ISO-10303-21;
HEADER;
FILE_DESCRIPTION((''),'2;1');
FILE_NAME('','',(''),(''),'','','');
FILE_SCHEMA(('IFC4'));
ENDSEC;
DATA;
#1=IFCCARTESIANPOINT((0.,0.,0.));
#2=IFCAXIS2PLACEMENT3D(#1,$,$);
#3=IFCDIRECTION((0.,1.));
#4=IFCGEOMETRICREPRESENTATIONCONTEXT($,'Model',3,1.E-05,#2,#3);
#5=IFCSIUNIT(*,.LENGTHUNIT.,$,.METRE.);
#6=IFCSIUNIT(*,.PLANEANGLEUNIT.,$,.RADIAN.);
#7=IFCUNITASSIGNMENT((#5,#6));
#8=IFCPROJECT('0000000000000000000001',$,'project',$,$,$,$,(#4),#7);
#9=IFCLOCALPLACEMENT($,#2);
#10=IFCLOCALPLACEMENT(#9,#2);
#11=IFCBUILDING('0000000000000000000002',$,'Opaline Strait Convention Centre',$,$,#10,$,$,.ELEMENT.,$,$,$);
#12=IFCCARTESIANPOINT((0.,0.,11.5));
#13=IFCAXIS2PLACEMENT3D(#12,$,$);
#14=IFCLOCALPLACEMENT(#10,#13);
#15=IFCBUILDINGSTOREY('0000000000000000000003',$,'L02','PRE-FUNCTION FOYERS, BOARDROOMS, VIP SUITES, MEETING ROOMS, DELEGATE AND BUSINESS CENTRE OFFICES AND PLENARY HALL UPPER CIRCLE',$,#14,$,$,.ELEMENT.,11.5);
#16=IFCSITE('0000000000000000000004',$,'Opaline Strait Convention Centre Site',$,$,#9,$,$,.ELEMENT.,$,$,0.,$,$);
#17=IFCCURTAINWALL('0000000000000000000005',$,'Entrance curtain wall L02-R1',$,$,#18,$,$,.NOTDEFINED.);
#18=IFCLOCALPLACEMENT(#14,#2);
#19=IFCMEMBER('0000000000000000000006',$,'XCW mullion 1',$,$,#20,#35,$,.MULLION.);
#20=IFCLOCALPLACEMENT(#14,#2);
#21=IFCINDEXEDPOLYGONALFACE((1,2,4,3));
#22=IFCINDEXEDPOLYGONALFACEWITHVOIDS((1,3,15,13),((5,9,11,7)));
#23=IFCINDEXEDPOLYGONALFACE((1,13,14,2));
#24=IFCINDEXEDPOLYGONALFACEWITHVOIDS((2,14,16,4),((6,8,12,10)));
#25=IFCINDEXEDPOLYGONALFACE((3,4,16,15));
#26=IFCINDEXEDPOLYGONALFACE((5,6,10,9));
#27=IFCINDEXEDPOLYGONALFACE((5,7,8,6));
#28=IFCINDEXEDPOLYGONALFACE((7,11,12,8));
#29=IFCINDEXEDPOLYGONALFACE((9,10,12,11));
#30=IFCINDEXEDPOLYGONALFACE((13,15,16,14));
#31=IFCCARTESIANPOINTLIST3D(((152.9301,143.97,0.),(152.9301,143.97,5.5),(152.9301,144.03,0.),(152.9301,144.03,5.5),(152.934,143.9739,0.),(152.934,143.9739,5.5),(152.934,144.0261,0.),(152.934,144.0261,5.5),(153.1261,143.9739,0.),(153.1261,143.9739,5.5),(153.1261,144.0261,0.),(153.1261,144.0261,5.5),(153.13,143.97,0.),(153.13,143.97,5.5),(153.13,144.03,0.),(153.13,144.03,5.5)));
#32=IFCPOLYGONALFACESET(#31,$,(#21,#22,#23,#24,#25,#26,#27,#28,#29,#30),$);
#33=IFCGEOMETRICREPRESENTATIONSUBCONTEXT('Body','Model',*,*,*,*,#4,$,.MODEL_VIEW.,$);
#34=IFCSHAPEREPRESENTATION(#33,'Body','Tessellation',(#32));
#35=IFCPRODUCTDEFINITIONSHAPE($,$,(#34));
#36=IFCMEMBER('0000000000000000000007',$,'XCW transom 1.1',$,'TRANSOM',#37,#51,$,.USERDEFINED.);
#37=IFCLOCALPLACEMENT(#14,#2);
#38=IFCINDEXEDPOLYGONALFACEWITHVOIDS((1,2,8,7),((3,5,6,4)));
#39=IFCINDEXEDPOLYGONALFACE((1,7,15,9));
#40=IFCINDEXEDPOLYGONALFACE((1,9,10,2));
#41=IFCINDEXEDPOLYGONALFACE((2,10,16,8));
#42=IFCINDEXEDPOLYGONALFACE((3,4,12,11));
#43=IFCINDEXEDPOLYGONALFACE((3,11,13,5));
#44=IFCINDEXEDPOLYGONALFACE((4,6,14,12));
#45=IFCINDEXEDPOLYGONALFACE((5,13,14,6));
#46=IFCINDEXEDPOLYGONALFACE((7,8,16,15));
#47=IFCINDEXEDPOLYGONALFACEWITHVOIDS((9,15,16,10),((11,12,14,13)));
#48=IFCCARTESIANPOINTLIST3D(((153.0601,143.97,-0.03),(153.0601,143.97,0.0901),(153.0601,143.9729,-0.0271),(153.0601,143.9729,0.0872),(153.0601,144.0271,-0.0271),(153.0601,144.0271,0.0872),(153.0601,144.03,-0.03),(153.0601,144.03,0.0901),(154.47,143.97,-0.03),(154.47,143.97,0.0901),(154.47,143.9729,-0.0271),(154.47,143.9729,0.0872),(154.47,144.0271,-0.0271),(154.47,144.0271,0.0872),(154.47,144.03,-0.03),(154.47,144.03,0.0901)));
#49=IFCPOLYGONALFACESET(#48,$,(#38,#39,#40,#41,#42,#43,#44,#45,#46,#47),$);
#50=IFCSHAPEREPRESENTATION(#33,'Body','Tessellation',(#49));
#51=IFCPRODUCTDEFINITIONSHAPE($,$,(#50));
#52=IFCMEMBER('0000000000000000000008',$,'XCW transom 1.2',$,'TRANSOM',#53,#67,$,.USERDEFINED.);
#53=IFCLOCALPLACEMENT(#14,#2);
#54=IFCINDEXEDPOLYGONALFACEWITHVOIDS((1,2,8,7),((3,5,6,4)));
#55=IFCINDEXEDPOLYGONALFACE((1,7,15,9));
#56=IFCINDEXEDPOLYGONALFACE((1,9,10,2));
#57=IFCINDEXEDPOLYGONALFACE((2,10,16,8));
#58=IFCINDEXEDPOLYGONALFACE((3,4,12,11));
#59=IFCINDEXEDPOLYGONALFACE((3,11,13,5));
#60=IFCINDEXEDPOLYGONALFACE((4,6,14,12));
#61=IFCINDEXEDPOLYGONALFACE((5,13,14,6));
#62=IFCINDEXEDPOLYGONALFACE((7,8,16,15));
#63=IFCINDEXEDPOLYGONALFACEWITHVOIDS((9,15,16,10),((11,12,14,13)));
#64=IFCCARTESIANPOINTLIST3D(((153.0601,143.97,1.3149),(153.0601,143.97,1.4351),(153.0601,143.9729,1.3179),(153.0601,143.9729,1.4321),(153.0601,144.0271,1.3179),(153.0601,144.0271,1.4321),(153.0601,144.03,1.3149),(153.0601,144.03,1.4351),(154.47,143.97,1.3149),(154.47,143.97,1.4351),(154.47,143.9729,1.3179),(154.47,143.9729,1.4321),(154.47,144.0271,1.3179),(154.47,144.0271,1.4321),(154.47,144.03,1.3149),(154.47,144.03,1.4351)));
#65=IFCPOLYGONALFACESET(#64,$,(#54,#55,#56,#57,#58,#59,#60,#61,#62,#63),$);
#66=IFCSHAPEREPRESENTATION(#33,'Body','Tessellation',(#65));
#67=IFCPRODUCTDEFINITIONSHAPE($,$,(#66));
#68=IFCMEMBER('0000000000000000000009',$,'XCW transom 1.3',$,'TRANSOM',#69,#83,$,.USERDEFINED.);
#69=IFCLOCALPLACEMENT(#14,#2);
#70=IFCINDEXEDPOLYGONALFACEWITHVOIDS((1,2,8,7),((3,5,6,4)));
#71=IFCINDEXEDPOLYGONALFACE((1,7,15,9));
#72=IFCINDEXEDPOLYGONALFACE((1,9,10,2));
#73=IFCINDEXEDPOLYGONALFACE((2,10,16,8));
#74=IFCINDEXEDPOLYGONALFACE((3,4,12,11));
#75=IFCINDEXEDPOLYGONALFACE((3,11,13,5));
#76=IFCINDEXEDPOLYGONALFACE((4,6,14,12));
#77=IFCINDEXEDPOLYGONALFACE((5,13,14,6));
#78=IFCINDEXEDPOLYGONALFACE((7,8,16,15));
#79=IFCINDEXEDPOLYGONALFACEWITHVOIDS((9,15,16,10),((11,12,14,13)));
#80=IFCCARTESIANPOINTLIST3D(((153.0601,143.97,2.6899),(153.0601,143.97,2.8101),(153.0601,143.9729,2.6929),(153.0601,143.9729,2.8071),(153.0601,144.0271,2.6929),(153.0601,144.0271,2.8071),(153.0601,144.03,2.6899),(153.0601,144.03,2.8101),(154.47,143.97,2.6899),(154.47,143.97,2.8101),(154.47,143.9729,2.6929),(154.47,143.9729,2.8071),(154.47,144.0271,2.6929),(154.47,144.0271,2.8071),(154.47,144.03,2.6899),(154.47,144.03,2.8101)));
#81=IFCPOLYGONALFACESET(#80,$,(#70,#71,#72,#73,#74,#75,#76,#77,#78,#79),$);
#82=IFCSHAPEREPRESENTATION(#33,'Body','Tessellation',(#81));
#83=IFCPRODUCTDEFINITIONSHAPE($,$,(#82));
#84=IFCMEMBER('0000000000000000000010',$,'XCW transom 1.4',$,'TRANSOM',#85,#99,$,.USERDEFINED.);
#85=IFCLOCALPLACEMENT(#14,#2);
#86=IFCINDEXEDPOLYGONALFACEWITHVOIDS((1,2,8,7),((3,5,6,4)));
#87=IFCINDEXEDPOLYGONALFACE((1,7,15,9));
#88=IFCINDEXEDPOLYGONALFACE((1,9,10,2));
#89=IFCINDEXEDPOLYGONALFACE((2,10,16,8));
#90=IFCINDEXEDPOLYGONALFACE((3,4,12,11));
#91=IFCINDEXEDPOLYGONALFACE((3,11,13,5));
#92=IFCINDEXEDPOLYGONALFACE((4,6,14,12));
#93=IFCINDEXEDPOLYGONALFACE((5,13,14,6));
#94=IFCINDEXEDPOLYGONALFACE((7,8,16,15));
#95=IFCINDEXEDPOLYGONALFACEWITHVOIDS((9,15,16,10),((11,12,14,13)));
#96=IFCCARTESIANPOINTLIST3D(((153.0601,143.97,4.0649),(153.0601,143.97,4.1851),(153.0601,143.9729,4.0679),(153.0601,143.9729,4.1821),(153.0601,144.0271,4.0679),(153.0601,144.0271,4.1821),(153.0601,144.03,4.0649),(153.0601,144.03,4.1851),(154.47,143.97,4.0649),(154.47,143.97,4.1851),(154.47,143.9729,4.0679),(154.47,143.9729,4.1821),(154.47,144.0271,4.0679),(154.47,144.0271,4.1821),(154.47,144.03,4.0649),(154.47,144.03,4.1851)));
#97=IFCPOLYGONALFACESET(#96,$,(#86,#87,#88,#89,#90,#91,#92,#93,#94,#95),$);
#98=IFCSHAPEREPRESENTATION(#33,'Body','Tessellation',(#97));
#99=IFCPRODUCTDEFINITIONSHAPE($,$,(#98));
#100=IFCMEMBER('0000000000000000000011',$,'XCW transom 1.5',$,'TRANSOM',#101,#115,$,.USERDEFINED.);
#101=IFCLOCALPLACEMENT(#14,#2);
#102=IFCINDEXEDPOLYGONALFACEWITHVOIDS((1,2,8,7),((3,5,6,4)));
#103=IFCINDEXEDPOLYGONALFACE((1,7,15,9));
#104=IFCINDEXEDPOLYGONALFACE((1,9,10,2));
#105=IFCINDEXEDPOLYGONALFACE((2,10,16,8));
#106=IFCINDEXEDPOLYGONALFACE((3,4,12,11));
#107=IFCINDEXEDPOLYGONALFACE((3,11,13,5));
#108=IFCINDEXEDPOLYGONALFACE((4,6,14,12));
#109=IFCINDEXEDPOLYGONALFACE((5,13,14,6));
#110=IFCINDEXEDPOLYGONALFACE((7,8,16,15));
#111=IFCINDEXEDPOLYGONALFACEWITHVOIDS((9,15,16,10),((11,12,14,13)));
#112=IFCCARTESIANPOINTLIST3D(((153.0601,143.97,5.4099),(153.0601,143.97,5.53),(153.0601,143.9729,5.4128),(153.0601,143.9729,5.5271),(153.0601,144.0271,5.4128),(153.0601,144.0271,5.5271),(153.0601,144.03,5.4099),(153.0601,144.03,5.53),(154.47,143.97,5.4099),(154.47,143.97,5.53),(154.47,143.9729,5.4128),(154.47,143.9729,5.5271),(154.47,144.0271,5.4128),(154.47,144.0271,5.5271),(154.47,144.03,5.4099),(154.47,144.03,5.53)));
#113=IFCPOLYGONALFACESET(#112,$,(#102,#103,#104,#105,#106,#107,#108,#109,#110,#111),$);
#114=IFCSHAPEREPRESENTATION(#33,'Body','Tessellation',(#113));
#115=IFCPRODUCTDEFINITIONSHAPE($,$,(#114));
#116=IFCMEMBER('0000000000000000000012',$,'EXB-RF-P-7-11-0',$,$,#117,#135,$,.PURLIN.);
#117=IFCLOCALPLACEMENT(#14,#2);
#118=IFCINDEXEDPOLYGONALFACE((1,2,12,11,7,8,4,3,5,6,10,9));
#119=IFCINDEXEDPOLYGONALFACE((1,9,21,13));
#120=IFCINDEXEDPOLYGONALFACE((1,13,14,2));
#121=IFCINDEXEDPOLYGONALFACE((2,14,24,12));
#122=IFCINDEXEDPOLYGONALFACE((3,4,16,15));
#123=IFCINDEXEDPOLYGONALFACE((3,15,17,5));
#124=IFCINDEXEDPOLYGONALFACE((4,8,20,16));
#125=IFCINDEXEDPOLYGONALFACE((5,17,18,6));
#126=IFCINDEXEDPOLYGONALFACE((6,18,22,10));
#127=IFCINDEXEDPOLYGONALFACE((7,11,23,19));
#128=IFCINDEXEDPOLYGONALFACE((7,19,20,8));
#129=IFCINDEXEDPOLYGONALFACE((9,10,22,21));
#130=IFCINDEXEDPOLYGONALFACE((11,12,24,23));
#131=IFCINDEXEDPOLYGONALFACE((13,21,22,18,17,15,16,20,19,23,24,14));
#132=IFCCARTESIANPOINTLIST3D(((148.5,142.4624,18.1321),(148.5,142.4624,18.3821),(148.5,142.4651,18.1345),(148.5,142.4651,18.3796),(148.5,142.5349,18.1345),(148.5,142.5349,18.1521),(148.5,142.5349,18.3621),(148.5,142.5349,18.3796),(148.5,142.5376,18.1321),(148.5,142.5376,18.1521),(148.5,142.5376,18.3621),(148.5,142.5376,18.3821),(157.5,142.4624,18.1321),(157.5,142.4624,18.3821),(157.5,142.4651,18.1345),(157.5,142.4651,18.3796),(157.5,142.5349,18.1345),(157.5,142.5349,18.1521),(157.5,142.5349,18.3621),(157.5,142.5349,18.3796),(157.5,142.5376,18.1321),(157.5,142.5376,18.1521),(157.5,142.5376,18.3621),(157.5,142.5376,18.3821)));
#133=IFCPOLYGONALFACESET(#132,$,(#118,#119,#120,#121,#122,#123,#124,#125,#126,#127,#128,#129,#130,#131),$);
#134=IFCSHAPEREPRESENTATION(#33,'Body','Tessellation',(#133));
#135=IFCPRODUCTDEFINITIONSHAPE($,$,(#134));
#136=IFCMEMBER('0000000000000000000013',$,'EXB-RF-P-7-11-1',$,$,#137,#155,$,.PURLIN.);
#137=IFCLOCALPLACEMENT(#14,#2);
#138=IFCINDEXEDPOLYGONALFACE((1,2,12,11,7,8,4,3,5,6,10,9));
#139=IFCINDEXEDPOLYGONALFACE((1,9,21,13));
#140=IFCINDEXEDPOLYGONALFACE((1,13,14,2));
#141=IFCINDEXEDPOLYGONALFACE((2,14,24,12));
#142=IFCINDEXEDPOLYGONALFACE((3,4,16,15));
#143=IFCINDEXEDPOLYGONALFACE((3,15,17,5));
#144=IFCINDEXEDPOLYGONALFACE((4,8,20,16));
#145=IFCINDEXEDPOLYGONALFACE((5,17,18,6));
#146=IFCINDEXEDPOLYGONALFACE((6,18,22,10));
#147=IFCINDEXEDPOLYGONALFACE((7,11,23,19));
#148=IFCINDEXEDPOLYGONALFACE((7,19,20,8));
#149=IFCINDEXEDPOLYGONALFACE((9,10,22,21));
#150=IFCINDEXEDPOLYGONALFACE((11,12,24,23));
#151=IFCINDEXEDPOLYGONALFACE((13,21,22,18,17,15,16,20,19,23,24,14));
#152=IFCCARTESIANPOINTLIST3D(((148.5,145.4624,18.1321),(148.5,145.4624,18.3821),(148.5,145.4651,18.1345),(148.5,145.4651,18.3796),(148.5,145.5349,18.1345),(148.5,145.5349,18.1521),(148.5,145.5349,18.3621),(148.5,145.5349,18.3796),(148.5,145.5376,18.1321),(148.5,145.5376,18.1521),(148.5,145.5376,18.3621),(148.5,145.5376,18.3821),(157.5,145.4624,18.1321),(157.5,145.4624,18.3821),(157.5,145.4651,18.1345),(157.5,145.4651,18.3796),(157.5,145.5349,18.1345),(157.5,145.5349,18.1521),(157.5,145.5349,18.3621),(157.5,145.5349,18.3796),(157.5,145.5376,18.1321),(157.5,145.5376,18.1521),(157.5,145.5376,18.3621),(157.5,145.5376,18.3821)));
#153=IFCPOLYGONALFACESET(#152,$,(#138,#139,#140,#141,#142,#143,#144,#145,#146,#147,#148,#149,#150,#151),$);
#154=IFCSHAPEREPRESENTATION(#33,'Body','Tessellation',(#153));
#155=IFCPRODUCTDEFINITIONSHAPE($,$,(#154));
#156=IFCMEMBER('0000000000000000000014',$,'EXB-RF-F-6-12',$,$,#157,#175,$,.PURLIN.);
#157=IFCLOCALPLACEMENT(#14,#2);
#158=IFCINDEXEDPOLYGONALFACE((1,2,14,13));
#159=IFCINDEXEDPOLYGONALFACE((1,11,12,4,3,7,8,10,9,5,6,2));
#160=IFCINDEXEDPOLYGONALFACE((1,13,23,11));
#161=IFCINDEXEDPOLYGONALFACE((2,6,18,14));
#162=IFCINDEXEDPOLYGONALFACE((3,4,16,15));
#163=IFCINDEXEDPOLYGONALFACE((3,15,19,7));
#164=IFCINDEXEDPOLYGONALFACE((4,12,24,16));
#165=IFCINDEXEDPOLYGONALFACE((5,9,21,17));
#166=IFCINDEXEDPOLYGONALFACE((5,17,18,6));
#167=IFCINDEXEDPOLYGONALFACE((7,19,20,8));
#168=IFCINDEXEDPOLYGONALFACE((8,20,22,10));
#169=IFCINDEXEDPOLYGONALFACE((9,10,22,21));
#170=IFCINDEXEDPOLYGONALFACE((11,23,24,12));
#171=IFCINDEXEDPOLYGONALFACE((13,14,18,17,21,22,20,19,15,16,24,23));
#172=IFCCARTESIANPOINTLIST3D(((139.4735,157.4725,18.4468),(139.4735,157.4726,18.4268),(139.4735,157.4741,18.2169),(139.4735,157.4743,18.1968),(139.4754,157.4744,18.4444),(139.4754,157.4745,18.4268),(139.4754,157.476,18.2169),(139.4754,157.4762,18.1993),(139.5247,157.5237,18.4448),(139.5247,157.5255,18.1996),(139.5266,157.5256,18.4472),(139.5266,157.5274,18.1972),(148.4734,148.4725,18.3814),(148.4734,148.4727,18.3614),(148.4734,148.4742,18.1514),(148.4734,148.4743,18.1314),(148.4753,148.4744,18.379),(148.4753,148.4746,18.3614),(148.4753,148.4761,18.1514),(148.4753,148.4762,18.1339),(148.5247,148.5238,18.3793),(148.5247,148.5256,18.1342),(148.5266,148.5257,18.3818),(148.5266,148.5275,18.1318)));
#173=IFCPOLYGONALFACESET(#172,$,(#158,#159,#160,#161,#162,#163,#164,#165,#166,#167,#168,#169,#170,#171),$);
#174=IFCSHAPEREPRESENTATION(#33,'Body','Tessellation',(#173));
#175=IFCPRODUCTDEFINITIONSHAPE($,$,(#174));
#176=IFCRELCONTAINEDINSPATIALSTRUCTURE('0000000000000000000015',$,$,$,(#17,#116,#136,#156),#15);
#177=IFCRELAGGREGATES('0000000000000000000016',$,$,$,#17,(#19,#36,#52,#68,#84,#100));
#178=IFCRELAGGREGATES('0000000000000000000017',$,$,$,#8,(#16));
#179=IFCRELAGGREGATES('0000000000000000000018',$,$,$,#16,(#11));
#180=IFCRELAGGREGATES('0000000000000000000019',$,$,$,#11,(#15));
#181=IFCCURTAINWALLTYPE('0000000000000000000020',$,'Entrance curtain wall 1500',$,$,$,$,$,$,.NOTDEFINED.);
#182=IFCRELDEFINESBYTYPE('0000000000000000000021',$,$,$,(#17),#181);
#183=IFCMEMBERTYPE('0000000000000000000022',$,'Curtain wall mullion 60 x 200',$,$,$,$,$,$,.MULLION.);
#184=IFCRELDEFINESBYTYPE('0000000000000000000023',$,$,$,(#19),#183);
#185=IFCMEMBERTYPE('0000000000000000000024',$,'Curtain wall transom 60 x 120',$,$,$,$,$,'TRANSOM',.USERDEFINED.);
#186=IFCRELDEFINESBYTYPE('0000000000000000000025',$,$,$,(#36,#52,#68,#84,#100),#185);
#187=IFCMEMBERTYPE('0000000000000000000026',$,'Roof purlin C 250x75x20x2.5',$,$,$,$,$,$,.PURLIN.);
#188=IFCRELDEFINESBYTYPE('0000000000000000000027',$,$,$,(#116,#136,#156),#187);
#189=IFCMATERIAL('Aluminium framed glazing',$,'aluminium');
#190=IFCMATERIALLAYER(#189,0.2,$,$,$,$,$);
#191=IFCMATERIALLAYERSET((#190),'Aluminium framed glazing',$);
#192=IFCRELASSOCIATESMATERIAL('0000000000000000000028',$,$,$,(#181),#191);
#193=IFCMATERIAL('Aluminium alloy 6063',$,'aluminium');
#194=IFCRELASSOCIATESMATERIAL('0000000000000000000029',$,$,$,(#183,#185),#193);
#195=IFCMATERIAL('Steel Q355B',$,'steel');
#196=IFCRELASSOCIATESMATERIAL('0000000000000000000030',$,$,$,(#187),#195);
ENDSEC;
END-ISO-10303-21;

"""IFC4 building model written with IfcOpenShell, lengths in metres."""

from ifc_helpers import new_model, si_unit, direction, frame, origin, origin_2d, place, context, subcontext, project, spatial, polyline, hollow_rectangle, outline, extrude, material, layer, layer_set, material_profile, profile_set, type_object, element, aggregate, save


model = new_model("IFC4")

# Units and contexts
model_context = context("Model", 3, precision=1e-05, world=origin(), true_north=direction((0.0, 1.0)))
body_context = subcontext(model_context, "Body", "Model", "MODEL_VIEW")
ifc_project = project(units=[si_unit("LENGTHUNIT", "METRE"), si_unit("PLANEANGLEUNIT", "RADIAN")], contexts=[model_context])

# Site, building, storey
site_placement = place(None, origin())
site = spatial("IfcSite", under=ifc_project, at=site_placement, Name="Opaline Strait Convention Centre Site", CompositionType="ELEMENT", RefElevation=0.0)
building_placement = place(site_placement, origin())
building = spatial("IfcBuilding", under=site, at=building_placement, Name="Opaline Strait Convention Centre", CompositionType="ELEMENT")
storey_placement = place(building_placement, frame((0.0, 0.0, 11.5)))
storey = spatial("IfcBuildingStorey", under=building, at=storey_placement, Name="L02", Description="PRE-FUNCTION FOYERS, BOARDROOMS, VIP SUITES, MEETING ROOMS, DELEGATE AND BUSINESS CENTRE OFFICES AND PLENARY HALL UPPER CIRCLE", CompositionType="ELEMENT", Elevation=11.5)

# Curtain wall, members
ifc_material_1 = material(Name="Aluminium framed glazing", Category="aluminium")
ifc_layer_1 = layer(ifc_material_1, 0.2)
ifc_layer_set_1 = layer_set([ifc_layer_1], Name="Aluminium framed glazing")
curtain_wall_type = type_object("IfcCurtainWallType", Name="Entrance curtain wall 1500", PredefinedType="NOTDEFINED", material=ifc_layer_set_1)
curtain_wall_placement = place(storey_placement, origin())
curtain_wall = element("IfcCurtainWall", 1, at=curtain_wall_placement, inside=storey, type_object=curtain_wall_type, Name="Entrance curtain wall L02-R1", PredefinedType="NOTDEFINED")
ifc_material_2 = material(Name="Aluminium alloy 6063", Category="aluminium")
ifc_material_profile_1 = material_profile(ifc_material_2, hollow_rectangle(XDim=0.0601, YDim=0.2, WallThickness=0.0039, at=origin_2d()), Name="MULLION 60x200x4")
ifc_profile_set_1 = profile_set([ifc_material_profile_1], Name="Aluminium alloy 6063")
member_type_1 = type_object("IfcMemberType", Name="Curtain wall mullion 60 x 200", PredefinedType="MULLION", material=ifc_profile_set_1)
member_1_placement = place(storey_placement, frame((153.03, 144.0, 0.0), z_axis=(0.0, 0.0, 1.0), x_axis=(0.0, 1.0, 0.0)))
member_1 = element("IfcMember", 2, at=member_1_placement, type_object=member_type_1, Name="XCW mullion 1", PredefinedType="MULLION", context=body_context, shape_type="SweptSolid", body=[
    extrude(hollow_rectangle(XDim=0.0601, YDim=0.2, WallThickness=0.0039, at=origin_2d()), origin(), (0.0, 0.0, 1.0), 5.5),
])
ifc_material_profile_2 = material_profile(ifc_material_2, hollow_rectangle(XDim=0.0601, YDim=0.1201, WallThickness=0.0029, at=origin_2d()), Name="TRANSOM 60x120x3")
ifc_profile_set_2 = profile_set([ifc_material_profile_2], Name="Aluminium alloy 6063")
member_type_2 = type_object("IfcMemberType", Name="Curtain wall transom 60 x 120", ElementType="TRANSOM", PredefinedType="USERDEFINED", material=ifc_profile_set_2)
member_2_placement = place(storey_placement, frame((153.0601, 144.0, 0.03), z_axis=(1.0, 0.0, 0.0), x_axis=(0.0, 1.0, 0.0)))
member_2 = element("IfcMember", 3, at=member_2_placement, type_object=member_type_2, Name="XCW transom 1.1", ObjectType="TRANSOM", PredefinedType="USERDEFINED", context=body_context, shape_type="SweptSolid", body=[
    extrude(hollow_rectangle(XDim=0.0601, YDim=0.1201, WallThickness=0.0029, at=origin_2d()), origin(), (0.0, 0.0, 1.0), 1.4099),
])
member_3_placement = place(storey_placement, frame((153.0601, 144.0, 1.375), z_axis=(1.0, 0.0, 0.0), x_axis=(0.0, 1.0, 0.0)))
member_3 = element("IfcMember", 4, at=member_3_placement, type_object=member_type_2, Name="XCW transom 1.2", ObjectType="TRANSOM", PredefinedType="USERDEFINED", context=body_context, shape_type="SweptSolid", body=[
    extrude(hollow_rectangle(XDim=0.0601, YDim=0.1201, WallThickness=0.0029, at=origin_2d()), origin(), (0.0, 0.0, 1.0), 1.4099),
])
member_4_placement = place(storey_placement, frame((153.0601, 144.0, 2.75), z_axis=(1.0, 0.0, 0.0), x_axis=(0.0, 1.0, 0.0)))
member_4 = element("IfcMember", 5, at=member_4_placement, type_object=member_type_2, Name="XCW transom 1.3", ObjectType="TRANSOM", PredefinedType="USERDEFINED", context=body_context, shape_type="SweptSolid", body=[
    extrude(hollow_rectangle(XDim=0.0601, YDim=0.1201, WallThickness=0.0029, at=origin_2d()), origin(), (0.0, 0.0, 1.0), 1.4099),
])
member_5_placement = place(storey_placement, frame((153.0601, 144.0, 4.125), z_axis=(1.0, 0.0, 0.0), x_axis=(0.0, 1.0, 0.0)))
member_5 = element("IfcMember", 6, at=member_5_placement, type_object=member_type_2, Name="XCW transom 1.4", ObjectType="TRANSOM", PredefinedType="USERDEFINED", context=body_context, shape_type="SweptSolid", body=[
    extrude(hollow_rectangle(XDim=0.0601, YDim=0.1201, WallThickness=0.0029, at=origin_2d()), origin(), (0.0, 0.0, 1.0), 1.4099),
])
member_6_placement = place(storey_placement, frame((153.0601, 144.0, 5.47), z_axis=(1.0, 0.0, 0.0), x_axis=(0.0, 1.0, 0.0)))
member_6 = element("IfcMember", 7, at=member_6_placement, type_object=member_type_2, Name="XCW transom 1.5", ObjectType="TRANSOM", PredefinedType="USERDEFINED", context=body_context, shape_type="SweptSolid", body=[
    extrude(hollow_rectangle(XDim=0.0601, YDim=0.1201, WallThickness=0.0029, at=origin_2d()), origin(), (0.0, 0.0, 1.0), 1.4099),
])
aggregate(curtain_wall, [member_1, member_2, member_3, member_4, member_5, member_6])

# Members
ifc_material_3 = material(Name="Steel Q355B", Category="steel")
ifc_material_profile_3 = material_profile(ifc_material_3, outline(polyline([(-0.0376, -0.125), (0.0376, -0.125), (0.0376, -0.105), (0.0349, -0.105), (0.0349, -0.1226), (-0.0349, -0.1226), (-0.0349, 0.1226), (0.0349, 0.1226), (0.0349, 0.105), (0.0376, 0.105), (0.0376, 0.125), (-0.0376, 0.125), (-0.0376, -0.125)])), Name="C 250x75x20x2.5")
ifc_profile_set_3 = profile_set([ifc_material_profile_3], Name="Steel Q355B")
member_type_3 = type_object("IfcMemberType", Name="Roof purlin C 250x75x20x2.5", PredefinedType="PURLIN", material=ifc_profile_set_3)
for number, where, z_axis, x_axis, name in (
    (8, (148.5, 142.5, 18.2571), (1.0, 0.0, 0.0), (0.0, 1.0, 0.0), "EXB-RF-P-7-11-0"),
    (9, (148.5, 145.5, 18.2571), (1.0, 0.0, 0.0), (0.0, 1.0, 0.0), "EXB-RF-P-7-11-1"),
):
    element("IfcMember", number, at=place(storey_placement, frame(where, z_axis=z_axis, x_axis=x_axis)), inside=storey, type_object=member_type_3, Name=name, PredefinedType="PURLIN", context=body_context, shape_type="SweptSolid", body=[
        extrude(outline(polyline([(-0.0376, -0.125), (0.0376, -0.125), (0.0376, -0.105), (0.0349, -0.105), (0.0349, -0.1226), (-0.0349, -0.1226), (-0.0349, 0.1226), (0.0349, 0.1226), (0.0349, 0.105), (0.0376, 0.105), (0.0376, 0.125), (-0.0376, 0.125), (-0.0376, -0.125)])), origin(), (0.0, 0.0, 1.0), 9.0),
    ])
member_7_placement = place(storey_placement, frame((148.5, 148.5, 18.2566), z_axis=(-0.707097, 0.707097, 0.005141), x_axis=(-0.707116, -0.707079, -0.005143)))
element("IfcMember", 10, at=member_7_placement, inside=storey, type_object=member_type_3, Name="EXB-RF-F-6-12", PredefinedType="PURLIN", context=body_context, shape_type="SweptSolid", body=[
    extrude(outline(polyline([(-0.0376, -0.125), (0.0376, -0.125), (0.0376, -0.105), (0.0349, -0.105), (0.0349, -0.1226), (-0.0349, -0.1226), (-0.0349, 0.1226), (0.0349, 0.1226), (0.0349, 0.105), (0.0376, 0.105), (0.0376, 0.125), (-0.0376, 0.125), (-0.0376, -0.125)])), origin(), (0.0, 0.0, 1.0), 12.728),
])

save(model, "model.ifc")
